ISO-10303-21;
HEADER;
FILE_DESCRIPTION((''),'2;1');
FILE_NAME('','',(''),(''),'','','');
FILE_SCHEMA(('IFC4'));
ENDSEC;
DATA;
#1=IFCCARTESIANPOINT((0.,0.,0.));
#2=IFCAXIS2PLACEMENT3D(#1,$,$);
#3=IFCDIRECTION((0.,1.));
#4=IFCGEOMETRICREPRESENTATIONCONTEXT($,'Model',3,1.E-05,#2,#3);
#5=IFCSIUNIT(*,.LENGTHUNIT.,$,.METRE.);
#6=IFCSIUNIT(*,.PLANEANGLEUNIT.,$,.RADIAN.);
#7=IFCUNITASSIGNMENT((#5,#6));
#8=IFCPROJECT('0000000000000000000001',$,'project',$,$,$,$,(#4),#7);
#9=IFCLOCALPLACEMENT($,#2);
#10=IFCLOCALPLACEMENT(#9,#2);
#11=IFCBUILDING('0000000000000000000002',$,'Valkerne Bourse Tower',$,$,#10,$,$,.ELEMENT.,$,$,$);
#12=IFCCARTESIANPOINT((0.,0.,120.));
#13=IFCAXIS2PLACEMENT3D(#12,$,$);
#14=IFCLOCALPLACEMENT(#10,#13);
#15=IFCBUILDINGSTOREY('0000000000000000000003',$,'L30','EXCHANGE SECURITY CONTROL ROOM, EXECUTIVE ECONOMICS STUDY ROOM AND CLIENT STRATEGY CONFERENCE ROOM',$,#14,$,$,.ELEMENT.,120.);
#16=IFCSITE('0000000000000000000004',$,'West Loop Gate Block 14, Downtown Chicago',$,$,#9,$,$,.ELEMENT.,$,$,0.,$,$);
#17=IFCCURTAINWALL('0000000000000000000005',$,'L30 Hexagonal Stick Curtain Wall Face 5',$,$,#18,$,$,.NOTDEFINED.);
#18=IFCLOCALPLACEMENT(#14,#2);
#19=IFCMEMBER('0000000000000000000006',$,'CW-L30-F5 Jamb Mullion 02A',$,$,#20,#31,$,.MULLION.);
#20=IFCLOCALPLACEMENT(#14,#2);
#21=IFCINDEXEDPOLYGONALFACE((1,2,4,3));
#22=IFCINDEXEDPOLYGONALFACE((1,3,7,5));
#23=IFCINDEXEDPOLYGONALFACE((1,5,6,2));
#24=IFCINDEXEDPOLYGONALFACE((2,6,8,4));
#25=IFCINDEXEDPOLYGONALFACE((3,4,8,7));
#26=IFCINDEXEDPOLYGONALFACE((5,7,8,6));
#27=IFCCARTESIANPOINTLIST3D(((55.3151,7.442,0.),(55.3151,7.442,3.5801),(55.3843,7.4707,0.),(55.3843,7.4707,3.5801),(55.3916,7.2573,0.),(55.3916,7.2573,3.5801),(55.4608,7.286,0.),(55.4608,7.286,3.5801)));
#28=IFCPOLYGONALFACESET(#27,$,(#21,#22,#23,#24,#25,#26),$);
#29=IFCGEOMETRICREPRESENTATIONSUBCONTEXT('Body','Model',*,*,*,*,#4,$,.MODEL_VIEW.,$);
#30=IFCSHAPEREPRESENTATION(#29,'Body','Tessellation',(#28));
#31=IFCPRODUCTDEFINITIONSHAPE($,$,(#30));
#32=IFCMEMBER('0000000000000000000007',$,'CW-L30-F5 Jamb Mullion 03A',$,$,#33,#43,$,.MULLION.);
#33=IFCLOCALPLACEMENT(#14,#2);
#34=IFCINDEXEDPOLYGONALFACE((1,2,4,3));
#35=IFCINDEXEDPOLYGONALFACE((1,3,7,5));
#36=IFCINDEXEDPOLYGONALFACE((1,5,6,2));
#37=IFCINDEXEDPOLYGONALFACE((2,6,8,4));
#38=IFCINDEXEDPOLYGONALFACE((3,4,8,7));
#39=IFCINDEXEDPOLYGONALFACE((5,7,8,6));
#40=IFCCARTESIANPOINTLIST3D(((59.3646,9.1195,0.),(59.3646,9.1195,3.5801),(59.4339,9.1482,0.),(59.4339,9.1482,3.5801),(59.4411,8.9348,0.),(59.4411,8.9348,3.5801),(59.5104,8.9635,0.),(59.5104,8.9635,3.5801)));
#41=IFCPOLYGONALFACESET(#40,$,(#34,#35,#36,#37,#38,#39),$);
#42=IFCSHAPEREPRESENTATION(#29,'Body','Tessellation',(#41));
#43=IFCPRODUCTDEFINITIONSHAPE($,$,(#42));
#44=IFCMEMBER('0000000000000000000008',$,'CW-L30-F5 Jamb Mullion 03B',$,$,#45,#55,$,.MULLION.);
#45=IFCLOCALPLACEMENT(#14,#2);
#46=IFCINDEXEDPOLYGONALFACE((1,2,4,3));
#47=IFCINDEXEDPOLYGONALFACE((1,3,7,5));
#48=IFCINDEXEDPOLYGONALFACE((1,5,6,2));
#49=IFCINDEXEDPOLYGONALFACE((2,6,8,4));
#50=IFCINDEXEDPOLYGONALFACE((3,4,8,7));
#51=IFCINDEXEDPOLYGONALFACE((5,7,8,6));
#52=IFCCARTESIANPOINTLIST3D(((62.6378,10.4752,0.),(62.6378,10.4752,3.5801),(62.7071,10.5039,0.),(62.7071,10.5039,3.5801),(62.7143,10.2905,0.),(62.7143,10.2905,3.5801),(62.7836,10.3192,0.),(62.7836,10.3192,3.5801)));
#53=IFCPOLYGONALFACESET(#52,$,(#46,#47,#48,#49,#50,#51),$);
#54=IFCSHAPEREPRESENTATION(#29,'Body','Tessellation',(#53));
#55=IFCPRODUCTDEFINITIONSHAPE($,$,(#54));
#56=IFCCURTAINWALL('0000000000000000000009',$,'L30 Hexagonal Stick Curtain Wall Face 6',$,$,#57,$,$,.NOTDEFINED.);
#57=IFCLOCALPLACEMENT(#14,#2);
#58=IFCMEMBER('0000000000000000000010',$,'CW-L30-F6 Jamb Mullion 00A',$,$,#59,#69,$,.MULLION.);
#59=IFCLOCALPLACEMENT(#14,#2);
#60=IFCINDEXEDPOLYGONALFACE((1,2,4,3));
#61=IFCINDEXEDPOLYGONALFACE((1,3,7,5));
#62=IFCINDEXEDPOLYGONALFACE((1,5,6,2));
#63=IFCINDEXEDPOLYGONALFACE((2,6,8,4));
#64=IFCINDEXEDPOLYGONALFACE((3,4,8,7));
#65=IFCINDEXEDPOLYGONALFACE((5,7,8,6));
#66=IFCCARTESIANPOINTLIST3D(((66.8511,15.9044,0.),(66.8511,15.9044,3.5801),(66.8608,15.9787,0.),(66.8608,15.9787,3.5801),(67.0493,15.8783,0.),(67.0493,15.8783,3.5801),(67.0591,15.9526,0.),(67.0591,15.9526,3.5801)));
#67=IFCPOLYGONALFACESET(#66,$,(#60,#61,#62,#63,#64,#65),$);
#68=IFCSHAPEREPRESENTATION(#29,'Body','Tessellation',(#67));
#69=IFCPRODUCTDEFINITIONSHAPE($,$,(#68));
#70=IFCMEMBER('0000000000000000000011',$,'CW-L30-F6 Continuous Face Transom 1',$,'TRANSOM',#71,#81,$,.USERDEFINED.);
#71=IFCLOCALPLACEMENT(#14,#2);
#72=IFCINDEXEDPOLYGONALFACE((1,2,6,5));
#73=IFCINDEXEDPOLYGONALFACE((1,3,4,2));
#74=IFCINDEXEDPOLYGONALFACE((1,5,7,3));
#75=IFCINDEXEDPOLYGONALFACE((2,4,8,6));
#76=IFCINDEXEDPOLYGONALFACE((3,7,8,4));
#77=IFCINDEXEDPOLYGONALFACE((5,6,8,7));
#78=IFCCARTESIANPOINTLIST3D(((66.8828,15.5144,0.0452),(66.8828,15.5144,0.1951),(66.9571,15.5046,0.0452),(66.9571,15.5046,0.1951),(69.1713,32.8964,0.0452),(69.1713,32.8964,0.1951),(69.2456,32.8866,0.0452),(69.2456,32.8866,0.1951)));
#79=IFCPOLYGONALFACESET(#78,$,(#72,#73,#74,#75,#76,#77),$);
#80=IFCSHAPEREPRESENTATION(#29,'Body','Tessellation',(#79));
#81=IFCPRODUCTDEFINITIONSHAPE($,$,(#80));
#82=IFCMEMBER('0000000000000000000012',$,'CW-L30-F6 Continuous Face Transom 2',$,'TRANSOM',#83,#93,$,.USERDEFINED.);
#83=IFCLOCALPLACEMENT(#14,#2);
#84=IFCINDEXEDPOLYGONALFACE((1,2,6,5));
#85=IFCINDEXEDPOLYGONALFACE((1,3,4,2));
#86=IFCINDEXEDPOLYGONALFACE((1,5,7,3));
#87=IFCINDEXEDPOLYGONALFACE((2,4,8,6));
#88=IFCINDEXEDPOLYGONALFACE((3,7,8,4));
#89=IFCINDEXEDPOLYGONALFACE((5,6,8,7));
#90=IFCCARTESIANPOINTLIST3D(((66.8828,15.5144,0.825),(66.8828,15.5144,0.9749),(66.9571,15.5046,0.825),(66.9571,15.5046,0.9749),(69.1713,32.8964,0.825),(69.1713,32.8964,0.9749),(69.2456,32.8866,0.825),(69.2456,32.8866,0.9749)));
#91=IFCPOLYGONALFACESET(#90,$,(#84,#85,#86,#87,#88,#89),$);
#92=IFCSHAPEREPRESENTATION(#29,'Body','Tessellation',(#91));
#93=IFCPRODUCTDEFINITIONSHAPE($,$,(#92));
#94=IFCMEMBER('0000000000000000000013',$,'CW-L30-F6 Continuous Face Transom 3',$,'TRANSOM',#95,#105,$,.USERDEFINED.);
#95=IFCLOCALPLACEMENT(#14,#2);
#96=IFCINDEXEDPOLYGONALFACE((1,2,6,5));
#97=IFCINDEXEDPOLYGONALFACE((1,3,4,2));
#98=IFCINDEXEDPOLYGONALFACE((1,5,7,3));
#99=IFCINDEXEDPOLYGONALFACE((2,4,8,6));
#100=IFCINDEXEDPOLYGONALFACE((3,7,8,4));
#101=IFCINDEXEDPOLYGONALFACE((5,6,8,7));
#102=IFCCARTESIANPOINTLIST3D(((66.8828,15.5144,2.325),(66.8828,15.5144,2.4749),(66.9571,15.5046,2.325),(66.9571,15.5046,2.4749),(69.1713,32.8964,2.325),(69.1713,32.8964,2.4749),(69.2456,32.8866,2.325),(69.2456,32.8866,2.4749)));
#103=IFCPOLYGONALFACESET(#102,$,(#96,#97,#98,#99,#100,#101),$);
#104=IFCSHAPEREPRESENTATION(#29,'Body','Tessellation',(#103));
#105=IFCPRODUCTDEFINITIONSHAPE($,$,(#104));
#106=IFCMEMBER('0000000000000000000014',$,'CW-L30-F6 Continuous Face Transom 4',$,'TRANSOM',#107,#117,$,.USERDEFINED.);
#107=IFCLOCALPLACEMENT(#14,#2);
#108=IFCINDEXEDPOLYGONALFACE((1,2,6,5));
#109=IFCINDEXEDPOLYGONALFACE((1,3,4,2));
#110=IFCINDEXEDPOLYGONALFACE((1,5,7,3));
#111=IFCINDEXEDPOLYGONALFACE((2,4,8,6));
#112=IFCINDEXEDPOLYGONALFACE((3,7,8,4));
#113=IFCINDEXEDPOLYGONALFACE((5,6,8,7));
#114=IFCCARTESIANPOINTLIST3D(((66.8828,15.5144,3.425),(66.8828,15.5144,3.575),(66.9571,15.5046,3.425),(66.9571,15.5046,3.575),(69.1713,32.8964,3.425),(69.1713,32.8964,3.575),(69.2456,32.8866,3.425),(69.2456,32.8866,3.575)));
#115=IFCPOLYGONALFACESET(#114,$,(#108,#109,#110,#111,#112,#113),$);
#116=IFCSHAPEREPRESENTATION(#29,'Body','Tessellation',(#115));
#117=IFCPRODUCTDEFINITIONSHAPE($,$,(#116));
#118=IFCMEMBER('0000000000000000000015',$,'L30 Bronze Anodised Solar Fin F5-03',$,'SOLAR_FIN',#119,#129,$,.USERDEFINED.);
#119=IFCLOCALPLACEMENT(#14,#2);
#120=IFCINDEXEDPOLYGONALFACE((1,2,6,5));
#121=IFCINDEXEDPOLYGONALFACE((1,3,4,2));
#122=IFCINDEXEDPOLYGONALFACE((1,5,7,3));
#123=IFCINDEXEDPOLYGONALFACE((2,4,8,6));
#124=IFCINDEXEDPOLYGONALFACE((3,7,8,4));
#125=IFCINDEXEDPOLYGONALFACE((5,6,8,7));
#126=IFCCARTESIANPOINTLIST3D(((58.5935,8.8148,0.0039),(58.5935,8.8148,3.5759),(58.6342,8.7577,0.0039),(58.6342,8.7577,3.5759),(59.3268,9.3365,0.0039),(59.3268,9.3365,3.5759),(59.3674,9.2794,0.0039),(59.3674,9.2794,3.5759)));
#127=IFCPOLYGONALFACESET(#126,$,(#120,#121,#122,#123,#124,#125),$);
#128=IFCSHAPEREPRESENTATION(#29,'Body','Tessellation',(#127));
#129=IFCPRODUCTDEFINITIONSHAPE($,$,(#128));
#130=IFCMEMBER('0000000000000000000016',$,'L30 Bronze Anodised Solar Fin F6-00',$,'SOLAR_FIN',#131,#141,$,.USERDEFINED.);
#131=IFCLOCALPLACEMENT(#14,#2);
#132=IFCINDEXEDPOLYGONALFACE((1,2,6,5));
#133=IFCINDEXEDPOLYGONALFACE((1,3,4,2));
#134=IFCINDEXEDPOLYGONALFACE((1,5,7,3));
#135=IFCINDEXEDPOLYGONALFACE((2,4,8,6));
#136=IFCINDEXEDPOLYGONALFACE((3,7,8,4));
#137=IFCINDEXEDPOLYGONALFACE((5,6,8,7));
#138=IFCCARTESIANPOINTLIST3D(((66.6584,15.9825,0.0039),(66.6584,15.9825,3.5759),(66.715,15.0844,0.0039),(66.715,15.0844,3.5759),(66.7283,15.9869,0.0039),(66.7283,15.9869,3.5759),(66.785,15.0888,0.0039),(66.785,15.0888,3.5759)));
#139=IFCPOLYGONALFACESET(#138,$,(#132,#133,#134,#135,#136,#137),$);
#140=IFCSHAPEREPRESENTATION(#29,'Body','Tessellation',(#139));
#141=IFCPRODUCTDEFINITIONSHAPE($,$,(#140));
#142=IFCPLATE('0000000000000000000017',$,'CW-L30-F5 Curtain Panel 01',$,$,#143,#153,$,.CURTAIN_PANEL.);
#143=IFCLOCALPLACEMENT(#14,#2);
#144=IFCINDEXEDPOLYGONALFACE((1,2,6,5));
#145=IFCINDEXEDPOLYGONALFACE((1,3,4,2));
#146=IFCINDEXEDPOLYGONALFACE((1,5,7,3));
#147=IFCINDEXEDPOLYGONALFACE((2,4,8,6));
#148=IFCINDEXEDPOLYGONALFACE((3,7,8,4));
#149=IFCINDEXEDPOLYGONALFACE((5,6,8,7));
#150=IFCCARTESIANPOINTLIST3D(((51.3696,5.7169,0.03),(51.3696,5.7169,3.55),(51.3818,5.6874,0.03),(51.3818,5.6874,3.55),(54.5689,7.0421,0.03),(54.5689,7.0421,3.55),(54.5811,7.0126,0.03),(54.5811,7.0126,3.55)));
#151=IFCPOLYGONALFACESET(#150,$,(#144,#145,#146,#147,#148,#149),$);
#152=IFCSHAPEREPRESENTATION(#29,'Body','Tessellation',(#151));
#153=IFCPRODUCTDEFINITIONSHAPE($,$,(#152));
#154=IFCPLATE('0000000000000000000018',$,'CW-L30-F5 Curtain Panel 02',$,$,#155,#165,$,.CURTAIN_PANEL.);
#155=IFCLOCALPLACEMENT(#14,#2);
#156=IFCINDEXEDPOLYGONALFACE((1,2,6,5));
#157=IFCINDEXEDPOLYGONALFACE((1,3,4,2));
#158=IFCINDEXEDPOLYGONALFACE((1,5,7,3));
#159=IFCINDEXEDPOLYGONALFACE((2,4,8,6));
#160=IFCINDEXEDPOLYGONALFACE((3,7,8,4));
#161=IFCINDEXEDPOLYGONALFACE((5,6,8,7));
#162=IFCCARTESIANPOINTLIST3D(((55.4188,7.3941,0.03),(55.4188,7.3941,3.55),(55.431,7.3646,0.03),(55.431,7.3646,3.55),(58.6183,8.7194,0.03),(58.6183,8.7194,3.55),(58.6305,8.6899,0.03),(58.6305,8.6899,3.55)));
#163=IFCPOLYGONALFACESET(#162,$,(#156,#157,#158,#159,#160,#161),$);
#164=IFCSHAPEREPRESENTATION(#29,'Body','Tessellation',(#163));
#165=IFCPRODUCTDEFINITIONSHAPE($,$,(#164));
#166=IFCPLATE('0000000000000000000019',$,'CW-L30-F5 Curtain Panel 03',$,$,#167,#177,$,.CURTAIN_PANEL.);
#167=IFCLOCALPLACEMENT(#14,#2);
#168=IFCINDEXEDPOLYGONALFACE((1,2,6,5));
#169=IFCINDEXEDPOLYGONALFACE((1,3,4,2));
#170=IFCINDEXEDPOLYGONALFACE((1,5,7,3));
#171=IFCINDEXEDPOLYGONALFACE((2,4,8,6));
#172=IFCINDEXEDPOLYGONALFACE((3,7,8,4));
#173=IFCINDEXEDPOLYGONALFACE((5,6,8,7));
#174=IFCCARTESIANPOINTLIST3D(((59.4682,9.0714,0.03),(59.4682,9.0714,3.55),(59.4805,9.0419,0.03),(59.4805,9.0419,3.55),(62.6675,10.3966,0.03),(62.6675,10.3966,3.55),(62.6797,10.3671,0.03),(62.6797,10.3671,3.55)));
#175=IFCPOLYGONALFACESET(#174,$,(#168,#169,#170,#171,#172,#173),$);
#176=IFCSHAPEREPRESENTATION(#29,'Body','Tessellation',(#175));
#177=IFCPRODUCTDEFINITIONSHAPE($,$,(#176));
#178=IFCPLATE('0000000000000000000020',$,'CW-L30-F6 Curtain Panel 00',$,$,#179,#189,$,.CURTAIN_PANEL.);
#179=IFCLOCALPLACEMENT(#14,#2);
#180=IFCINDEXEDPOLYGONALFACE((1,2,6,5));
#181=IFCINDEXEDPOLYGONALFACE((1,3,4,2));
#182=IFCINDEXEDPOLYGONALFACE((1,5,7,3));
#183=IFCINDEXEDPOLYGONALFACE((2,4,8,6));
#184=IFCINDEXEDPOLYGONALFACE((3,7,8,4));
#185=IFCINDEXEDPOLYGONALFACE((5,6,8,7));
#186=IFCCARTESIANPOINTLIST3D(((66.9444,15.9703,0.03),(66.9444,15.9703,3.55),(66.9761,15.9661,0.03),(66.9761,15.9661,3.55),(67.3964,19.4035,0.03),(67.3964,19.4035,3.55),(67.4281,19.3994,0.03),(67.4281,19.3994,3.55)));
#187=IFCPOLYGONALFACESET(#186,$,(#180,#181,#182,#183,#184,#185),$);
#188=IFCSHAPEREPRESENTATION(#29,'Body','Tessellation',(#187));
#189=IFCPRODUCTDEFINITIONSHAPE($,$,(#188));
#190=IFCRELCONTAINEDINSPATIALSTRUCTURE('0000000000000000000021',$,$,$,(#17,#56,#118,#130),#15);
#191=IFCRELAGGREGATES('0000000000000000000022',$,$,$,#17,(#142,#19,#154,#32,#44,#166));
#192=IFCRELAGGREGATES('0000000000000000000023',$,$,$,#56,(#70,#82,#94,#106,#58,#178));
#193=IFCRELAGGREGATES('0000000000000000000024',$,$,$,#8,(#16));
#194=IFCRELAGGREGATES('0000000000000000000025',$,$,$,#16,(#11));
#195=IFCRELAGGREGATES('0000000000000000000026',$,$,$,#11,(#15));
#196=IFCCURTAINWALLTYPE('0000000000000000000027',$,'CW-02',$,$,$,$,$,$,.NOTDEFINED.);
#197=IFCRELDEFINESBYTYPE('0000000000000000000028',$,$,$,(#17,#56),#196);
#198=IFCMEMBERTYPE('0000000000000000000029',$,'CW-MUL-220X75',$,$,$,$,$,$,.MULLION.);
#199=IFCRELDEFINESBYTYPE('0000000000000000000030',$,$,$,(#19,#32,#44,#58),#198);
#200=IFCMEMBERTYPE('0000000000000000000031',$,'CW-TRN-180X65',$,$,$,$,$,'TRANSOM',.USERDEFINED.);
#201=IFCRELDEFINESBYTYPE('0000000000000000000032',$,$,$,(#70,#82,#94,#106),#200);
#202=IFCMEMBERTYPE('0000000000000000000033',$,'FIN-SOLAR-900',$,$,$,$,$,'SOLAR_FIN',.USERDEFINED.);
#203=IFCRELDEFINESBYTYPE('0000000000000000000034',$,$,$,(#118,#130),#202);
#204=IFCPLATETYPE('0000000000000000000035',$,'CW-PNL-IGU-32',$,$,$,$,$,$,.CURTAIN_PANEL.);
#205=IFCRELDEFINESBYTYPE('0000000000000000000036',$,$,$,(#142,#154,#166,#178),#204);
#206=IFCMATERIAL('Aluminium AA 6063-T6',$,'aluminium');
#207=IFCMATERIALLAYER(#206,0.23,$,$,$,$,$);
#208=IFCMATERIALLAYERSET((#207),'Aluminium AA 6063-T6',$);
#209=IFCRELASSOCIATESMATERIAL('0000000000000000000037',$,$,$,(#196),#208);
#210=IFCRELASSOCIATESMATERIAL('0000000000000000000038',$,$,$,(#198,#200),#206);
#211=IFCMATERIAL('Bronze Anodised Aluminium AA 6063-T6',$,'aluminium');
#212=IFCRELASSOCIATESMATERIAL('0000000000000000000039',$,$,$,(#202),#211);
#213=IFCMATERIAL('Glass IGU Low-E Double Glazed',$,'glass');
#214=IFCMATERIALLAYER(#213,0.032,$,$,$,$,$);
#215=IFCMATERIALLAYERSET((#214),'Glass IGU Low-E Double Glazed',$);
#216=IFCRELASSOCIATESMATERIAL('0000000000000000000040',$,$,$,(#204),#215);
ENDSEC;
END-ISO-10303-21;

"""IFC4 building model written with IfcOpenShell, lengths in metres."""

from ifc_helpers import new_model, si_unit, direction, frame, origin, origin_2d, place, context, subcontext, project, spatial, rectangle, extrude, material, layer, layer_set, material_profile, profile_set, type_object, element, aggregate, save


model = new_model("IFC4")

# Units and contexts
model_context = context("Model", 3, precision=1e-05, world=origin(), true_north=direction((0.0, 1.0)))
body_context = subcontext(model_context, "Body", "Model", "MODEL_VIEW")
ifc_project = project(units=[si_unit("LENGTHUNIT", "METRE"), si_unit("PLANEANGLEUNIT", "RADIAN")], contexts=[model_context])

# Site, building, storey
site_placement = place(None, origin())
site = spatial("IfcSite", under=ifc_project, at=site_placement, Name="West Loop Gate Block 14, Downtown Chicago", CompositionType="ELEMENT", RefElevation=0.0)
building_placement = place(site_placement, origin())
building = spatial("IfcBuilding", under=site, at=building_placement, Name="Valkerne Bourse Tower", CompositionType="ELEMENT")
storey_placement = place(building_placement, frame((0.0, 0.0, 120.0)))
storey = spatial("IfcBuildingStorey", under=building, at=storey_placement, Name="L30", Description="EXCHANGE SECURITY CONTROL ROOM, EXECUTIVE ECONOMICS STUDY ROOM AND CLIENT STRATEGY CONFERENCE ROOM", CompositionType="ELEMENT", Elevation=120.0)

# Curtain walls, members
ifc_material_1 = material(Name="Aluminium AA 6063-T6", Category="aluminium")
ifc_layer_1 = layer(ifc_material_1, 0.23)
ifc_layer_set_1 = layer_set([ifc_layer_1], Name="Aluminium AA 6063-T6")
curtain_wall_type = type_object("IfcCurtainWallType", Name="CW-02", PredefinedType="NOTDEFINED", material=ifc_layer_set_1)
curtain_wall_1_placement = place(storey_placement, origin())
curtain_wall_1 = element("IfcCurtainWall", 1, at=curtain_wall_1_placement, inside=storey, type_object=curtain_wall_type, Name="L30 Hexagonal Stick Curtain Wall Face 5", PredefinedType="NOTDEFINED")
ifc_material_profile_1 = material_profile(ifc_material_1, rectangle(XDim=0.075, YDim=0.2, at=origin_2d()), Name="CWM-75X200")
ifc_profile_set_1 = profile_set([ifc_material_profile_1], Name="Aluminium AA 6063-T6")
member_type_1 = type_object("IfcMemberType", Name="CW-MUL-220X75", PredefinedType="MULLION", material=ifc_profile_set_1)
member_1_placement = place(storey_placement, frame((55.3879, 7.364, 0.0), z_axis=(0.0, 0.0, 1.0), x_axis=(0.923881, 0.38268, 0.0)))
member_1 = element("IfcMember", 2, at=member_1_placement, type_object=member_type_1, Name="CW-L30-F5 Jamb Mullion 02A", PredefinedType="MULLION", context=body_context, shape_type="SweptSolid", body=[
    extrude(rectangle(XDim=0.075, YDim=0.2, at=origin_2d()), origin(), (0.0, 0.0, 1.0), 3.5801),
])
member_2_placement = place(storey_placement, frame((59.4375, 9.0415, 0.0), z_axis=(0.0, 0.0, 1.0), x_axis=(0.923878, 0.382688, 0.0)))
member_2 = element("IfcMember", 3, at=member_2_placement, type_object=member_type_1, Name="CW-L30-F5 Jamb Mullion 03A", PredefinedType="MULLION", context=body_context, shape_type="SweptSolid", body=[
    extrude(rectangle(XDim=0.075, YDim=0.2, at=origin_2d()), origin(), (0.0, 0.0, 1.0), 3.5801),
])
member_3_placement = place(storey_placement, frame((62.7107, 10.3972, 0.0), z_axis=(0.0, 0.0, 1.0), x_axis=(0.923878, 0.382688, 0.0)))
member_3 = element("IfcMember", 4, at=member_3_placement, type_object=member_type_1, Name="CW-L30-F5 Jamb Mullion 03B", PredefinedType="MULLION", context=body_context, shape_type="SweptSolid", body=[
    extrude(rectangle(XDim=0.075, YDim=0.2, at=origin_2d()), origin(), (0.0, 0.0, 1.0), 3.5801),
])
curtain_wall_2_placement = place(storey_placement, origin())
curtain_wall_2 = element("IfcCurtainWall", 5, at=curtain_wall_2_placement, inside=storey, type_object=curtain_wall_type, Name="L30 Hexagonal Stick Curtain Wall Face 6", PredefinedType="NOTDEFINED")
member_4_placement = place(storey_placement, frame((66.9551, 15.9285, 0.0), z_axis=(0.0, 0.0, 1.0), x_axis=(0.130527, 0.991445, 0.0)))
member_4 = element("IfcMember", 6, at=member_4_placement, type_object=member_type_1, Name="CW-L30-F6 Jamb Mullion 00A", PredefinedType="MULLION", context=body_context, shape_type="SweptSolid", body=[
    extrude(rectangle(XDim=0.075, YDim=0.2, at=origin_2d()), origin(), (0.0, 0.0, 1.0), 3.5801),
])
ifc_material_profile_2 = material_profile(ifc_material_1, rectangle(XDim=0.075, YDim=0.1499, at=origin_2d()), Name="CWT-75X150")
ifc_profile_set_2 = profile_set([ifc_material_profile_2], Name="Aluminium AA 6063-T6")
member_type_2 = type_object("IfcMemberType", Name="CW-TRN-180X65", ElementType="TRANSOM", PredefinedType="USERDEFINED", material=ifc_profile_set_2)
member_5_placement = place(storey_placement, frame((66.9199, 15.5095, 0.1201), z_axis=(0.130536, 0.991444, 0.0), x_axis=(-0.991444, 0.130536, 0.0)))
member_5 = element("IfcMember", 7, at=member_5_placement, type_object=member_type_2, Name="CW-L30-F6 Continuous Face Transom 1", ObjectType="TRANSOM", PredefinedType="USERDEFINED", context=body_context, shape_type="SweptSolid", body=[
    extrude(rectangle(XDim=0.075, YDim=0.1499, at=origin_2d()), origin(), (0.0, 0.0, 1.0), 17.532),
])
member_6_placement = place(storey_placement, frame((66.9199, 15.5095, 0.8999), z_axis=(0.130536, 0.991444, 0.0), x_axis=(-0.991444, 0.130536, 0.0)))
member_6 = element("IfcMember", 8, at=member_6_placement, type_object=member_type_2, Name="CW-L30-F6 Continuous Face Transom 2", ObjectType="TRANSOM", PredefinedType="USERDEFINED", context=body_context, shape_type="SweptSolid", body=[
    extrude(rectangle(XDim=0.075, YDim=0.1499, at=origin_2d()), origin(), (0.0, 0.0, 1.0), 17.532),
])
member_7_placement = place(storey_placement, frame((66.9199, 15.5095, 2.3999), z_axis=(0.130536, 0.991444, 0.0), x_axis=(-0.991444, 0.130536, 0.0)))
member_7 = element("IfcMember", 9, at=member_7_placement, type_object=member_type_2, Name="CW-L30-F6 Continuous Face Transom 3", ObjectType="TRANSOM", PredefinedType="USERDEFINED", context=body_context, shape_type="SweptSolid", body=[
    extrude(rectangle(XDim=0.075, YDim=0.1499, at=origin_2d()), origin(), (0.0, 0.0, 1.0), 17.532),
])
member_8_placement = place(storey_placement, frame((66.9199, 15.5095, 3.5), z_axis=(0.130536, 0.991444, 0.0), x_axis=(-0.991444, 0.130536, 0.0)))
member_8 = element("IfcMember", 10, at=member_8_placement, type_object=member_type_2, Name="CW-L30-F6 Continuous Face Transom 4", ObjectType="TRANSOM", PredefinedType="USERDEFINED", context=body_context, shape_type="SweptSolid", body=[
    extrude(rectangle(XDim=0.075, YDim=0.1499, at=origin_2d()), origin(), (0.0, 0.0, 1.0), 17.532),
])

# Members
ifc_material_2 = material(Name="Bronze Anodised Aluminium AA 6063-T6", Category="aluminium")
ifc_material_profile_3 = material_profile(ifc_material_2, rectangle(XDim=0.0701, YDim=0.8999, at=origin_2d()), Name="FIN-70X900")
ifc_profile_set_3 = profile_set([ifc_material_profile_3], Name="Bronze Anodised Aluminium AA 6063-T6")
member_type_3 = type_object("IfcMemberType", Name="FIN-SOLAR-900", ElementType="SOLAR_FIN", PredefinedType="USERDEFINED", material=ifc_profile_set_3)
for number, where, z_axis, x_axis, name in (
    (11, (58.9805, 9.0471, 0.0039), (0.0, 0.0, 1.0), (0.579774, -0.814777, 0.0), "L30 Bronze Anodised Solar Fin F5-03"),
    (12, (66.7217, 15.5356, 0.0039), (0.0, 0.0, 1.0), (0.998019, 0.062911, 0.0), "L30 Bronze Anodised Solar Fin F6-00"),
):
    element("IfcMember", number, at=place(storey_placement, frame(where, z_axis=z_axis, x_axis=x_axis)), inside=storey, type_object=member_type_3, Name=name, ObjectType="SOLAR_FIN", PredefinedType="USERDEFINED", context=body_context, shape_type="SweptSolid", body=[
        extrude(rectangle(XDim=0.0701, YDim=0.8999, at=origin_2d()), origin(), (0.0, 0.0, 1.0), 3.572),
    ])

# Plates
ifc_material_3 = material(Name="Glass IGU Low-E Double Glazed", Category="glass")
ifc_layer_2 = layer(ifc_material_3, 0.032)
ifc_layer_set_2 = layer_set([ifc_layer_2], Name="Glass IGU Low-E Double Glazed")
plate_type = type_object("IfcPlateType", Name="CW-PNL-IGU-32", PredefinedType="CURTAIN_PANEL", material=ifc_layer_set_2)
plate_1_placement = place(storey_placement, frame((52.9753, 6.3647, 0.03), z_axis=(0.0, 0.0, 1.0), x_axis=(0.923878, 0.382688, 0.0)))
plate_1 = element("IfcPlate", 13, at=plate_1_placement, type_object=plate_type, Name="CW-L30-F5 Curtain Panel 01", PredefinedType="CURTAIN_PANEL", context=body_context, shape_type="SweptSolid", body=[
    extrude(rectangle(XDim=3.4629, YDim=0.032, at=origin_2d()), origin(), (0.0, 0.0, 1.0), 3.52),
])
plate_2_placement = place(storey_placement, frame((57.0247, 8.042, 0.03), z_axis=(0.0, 0.0, 1.0), x_axis=(0.923881, 0.38268, 0.0)))
plate_2 = element("IfcPlate", 14, at=plate_2_placement, type_object=plate_type, Name="CW-L30-F5 Curtain Panel 02", PredefinedType="CURTAIN_PANEL", context=body_context, shape_type="SweptSolid", body=[
    extrude(rectangle(XDim=3.4631, YDim=0.032, at=origin_2d()), origin(), (0.0, 0.0, 1.0), 3.52),
])
plate_3_placement = place(storey_placement, frame((61.074, 9.7192, 0.03), z_axis=(0.0, 0.0, 1.0), x_axis=(0.923878, 0.382688, 0.0)))
plate_3 = element("IfcPlate", 15, at=plate_3_placement, type_object=plate_type, Name="CW-L30-F5 Curtain Panel 03", PredefinedType="CURTAIN_PANEL", context=body_context, shape_type="SweptSolid", body=[
    extrude(rectangle(XDim=3.4629, YDim=0.032, at=origin_2d()), origin(), (0.0, 0.0, 1.0), 3.52),
])
aggregate(curtain_wall_1, [plate_1, member_1, plate_2, member_2, member_3, plate_3])
plate_4_placement = place(storey_placement, frame((67.1863, 17.6848, 0.03), z_axis=(0.0, 0.0, 1.0), x_axis=(0.130527, 0.991445, 0.0)))
plate_4 = element("IfcPlate", 16, at=plate_4_placement, type_object=plate_type, Name="CW-L30-F6 Curtain Panel 00", PredefinedType="CURTAIN_PANEL", context=body_context, shape_type="SweptSolid", body=[
    extrude(rectangle(XDim=3.4629, YDim=0.032, at=origin_2d()), origin(), (0.0, 0.0, 1.0), 3.52),
])
aggregate(curtain_wall_2, [member_5, member_6, member_7, member_8, member_4, plate_4])

save(model, "model.ifc")
